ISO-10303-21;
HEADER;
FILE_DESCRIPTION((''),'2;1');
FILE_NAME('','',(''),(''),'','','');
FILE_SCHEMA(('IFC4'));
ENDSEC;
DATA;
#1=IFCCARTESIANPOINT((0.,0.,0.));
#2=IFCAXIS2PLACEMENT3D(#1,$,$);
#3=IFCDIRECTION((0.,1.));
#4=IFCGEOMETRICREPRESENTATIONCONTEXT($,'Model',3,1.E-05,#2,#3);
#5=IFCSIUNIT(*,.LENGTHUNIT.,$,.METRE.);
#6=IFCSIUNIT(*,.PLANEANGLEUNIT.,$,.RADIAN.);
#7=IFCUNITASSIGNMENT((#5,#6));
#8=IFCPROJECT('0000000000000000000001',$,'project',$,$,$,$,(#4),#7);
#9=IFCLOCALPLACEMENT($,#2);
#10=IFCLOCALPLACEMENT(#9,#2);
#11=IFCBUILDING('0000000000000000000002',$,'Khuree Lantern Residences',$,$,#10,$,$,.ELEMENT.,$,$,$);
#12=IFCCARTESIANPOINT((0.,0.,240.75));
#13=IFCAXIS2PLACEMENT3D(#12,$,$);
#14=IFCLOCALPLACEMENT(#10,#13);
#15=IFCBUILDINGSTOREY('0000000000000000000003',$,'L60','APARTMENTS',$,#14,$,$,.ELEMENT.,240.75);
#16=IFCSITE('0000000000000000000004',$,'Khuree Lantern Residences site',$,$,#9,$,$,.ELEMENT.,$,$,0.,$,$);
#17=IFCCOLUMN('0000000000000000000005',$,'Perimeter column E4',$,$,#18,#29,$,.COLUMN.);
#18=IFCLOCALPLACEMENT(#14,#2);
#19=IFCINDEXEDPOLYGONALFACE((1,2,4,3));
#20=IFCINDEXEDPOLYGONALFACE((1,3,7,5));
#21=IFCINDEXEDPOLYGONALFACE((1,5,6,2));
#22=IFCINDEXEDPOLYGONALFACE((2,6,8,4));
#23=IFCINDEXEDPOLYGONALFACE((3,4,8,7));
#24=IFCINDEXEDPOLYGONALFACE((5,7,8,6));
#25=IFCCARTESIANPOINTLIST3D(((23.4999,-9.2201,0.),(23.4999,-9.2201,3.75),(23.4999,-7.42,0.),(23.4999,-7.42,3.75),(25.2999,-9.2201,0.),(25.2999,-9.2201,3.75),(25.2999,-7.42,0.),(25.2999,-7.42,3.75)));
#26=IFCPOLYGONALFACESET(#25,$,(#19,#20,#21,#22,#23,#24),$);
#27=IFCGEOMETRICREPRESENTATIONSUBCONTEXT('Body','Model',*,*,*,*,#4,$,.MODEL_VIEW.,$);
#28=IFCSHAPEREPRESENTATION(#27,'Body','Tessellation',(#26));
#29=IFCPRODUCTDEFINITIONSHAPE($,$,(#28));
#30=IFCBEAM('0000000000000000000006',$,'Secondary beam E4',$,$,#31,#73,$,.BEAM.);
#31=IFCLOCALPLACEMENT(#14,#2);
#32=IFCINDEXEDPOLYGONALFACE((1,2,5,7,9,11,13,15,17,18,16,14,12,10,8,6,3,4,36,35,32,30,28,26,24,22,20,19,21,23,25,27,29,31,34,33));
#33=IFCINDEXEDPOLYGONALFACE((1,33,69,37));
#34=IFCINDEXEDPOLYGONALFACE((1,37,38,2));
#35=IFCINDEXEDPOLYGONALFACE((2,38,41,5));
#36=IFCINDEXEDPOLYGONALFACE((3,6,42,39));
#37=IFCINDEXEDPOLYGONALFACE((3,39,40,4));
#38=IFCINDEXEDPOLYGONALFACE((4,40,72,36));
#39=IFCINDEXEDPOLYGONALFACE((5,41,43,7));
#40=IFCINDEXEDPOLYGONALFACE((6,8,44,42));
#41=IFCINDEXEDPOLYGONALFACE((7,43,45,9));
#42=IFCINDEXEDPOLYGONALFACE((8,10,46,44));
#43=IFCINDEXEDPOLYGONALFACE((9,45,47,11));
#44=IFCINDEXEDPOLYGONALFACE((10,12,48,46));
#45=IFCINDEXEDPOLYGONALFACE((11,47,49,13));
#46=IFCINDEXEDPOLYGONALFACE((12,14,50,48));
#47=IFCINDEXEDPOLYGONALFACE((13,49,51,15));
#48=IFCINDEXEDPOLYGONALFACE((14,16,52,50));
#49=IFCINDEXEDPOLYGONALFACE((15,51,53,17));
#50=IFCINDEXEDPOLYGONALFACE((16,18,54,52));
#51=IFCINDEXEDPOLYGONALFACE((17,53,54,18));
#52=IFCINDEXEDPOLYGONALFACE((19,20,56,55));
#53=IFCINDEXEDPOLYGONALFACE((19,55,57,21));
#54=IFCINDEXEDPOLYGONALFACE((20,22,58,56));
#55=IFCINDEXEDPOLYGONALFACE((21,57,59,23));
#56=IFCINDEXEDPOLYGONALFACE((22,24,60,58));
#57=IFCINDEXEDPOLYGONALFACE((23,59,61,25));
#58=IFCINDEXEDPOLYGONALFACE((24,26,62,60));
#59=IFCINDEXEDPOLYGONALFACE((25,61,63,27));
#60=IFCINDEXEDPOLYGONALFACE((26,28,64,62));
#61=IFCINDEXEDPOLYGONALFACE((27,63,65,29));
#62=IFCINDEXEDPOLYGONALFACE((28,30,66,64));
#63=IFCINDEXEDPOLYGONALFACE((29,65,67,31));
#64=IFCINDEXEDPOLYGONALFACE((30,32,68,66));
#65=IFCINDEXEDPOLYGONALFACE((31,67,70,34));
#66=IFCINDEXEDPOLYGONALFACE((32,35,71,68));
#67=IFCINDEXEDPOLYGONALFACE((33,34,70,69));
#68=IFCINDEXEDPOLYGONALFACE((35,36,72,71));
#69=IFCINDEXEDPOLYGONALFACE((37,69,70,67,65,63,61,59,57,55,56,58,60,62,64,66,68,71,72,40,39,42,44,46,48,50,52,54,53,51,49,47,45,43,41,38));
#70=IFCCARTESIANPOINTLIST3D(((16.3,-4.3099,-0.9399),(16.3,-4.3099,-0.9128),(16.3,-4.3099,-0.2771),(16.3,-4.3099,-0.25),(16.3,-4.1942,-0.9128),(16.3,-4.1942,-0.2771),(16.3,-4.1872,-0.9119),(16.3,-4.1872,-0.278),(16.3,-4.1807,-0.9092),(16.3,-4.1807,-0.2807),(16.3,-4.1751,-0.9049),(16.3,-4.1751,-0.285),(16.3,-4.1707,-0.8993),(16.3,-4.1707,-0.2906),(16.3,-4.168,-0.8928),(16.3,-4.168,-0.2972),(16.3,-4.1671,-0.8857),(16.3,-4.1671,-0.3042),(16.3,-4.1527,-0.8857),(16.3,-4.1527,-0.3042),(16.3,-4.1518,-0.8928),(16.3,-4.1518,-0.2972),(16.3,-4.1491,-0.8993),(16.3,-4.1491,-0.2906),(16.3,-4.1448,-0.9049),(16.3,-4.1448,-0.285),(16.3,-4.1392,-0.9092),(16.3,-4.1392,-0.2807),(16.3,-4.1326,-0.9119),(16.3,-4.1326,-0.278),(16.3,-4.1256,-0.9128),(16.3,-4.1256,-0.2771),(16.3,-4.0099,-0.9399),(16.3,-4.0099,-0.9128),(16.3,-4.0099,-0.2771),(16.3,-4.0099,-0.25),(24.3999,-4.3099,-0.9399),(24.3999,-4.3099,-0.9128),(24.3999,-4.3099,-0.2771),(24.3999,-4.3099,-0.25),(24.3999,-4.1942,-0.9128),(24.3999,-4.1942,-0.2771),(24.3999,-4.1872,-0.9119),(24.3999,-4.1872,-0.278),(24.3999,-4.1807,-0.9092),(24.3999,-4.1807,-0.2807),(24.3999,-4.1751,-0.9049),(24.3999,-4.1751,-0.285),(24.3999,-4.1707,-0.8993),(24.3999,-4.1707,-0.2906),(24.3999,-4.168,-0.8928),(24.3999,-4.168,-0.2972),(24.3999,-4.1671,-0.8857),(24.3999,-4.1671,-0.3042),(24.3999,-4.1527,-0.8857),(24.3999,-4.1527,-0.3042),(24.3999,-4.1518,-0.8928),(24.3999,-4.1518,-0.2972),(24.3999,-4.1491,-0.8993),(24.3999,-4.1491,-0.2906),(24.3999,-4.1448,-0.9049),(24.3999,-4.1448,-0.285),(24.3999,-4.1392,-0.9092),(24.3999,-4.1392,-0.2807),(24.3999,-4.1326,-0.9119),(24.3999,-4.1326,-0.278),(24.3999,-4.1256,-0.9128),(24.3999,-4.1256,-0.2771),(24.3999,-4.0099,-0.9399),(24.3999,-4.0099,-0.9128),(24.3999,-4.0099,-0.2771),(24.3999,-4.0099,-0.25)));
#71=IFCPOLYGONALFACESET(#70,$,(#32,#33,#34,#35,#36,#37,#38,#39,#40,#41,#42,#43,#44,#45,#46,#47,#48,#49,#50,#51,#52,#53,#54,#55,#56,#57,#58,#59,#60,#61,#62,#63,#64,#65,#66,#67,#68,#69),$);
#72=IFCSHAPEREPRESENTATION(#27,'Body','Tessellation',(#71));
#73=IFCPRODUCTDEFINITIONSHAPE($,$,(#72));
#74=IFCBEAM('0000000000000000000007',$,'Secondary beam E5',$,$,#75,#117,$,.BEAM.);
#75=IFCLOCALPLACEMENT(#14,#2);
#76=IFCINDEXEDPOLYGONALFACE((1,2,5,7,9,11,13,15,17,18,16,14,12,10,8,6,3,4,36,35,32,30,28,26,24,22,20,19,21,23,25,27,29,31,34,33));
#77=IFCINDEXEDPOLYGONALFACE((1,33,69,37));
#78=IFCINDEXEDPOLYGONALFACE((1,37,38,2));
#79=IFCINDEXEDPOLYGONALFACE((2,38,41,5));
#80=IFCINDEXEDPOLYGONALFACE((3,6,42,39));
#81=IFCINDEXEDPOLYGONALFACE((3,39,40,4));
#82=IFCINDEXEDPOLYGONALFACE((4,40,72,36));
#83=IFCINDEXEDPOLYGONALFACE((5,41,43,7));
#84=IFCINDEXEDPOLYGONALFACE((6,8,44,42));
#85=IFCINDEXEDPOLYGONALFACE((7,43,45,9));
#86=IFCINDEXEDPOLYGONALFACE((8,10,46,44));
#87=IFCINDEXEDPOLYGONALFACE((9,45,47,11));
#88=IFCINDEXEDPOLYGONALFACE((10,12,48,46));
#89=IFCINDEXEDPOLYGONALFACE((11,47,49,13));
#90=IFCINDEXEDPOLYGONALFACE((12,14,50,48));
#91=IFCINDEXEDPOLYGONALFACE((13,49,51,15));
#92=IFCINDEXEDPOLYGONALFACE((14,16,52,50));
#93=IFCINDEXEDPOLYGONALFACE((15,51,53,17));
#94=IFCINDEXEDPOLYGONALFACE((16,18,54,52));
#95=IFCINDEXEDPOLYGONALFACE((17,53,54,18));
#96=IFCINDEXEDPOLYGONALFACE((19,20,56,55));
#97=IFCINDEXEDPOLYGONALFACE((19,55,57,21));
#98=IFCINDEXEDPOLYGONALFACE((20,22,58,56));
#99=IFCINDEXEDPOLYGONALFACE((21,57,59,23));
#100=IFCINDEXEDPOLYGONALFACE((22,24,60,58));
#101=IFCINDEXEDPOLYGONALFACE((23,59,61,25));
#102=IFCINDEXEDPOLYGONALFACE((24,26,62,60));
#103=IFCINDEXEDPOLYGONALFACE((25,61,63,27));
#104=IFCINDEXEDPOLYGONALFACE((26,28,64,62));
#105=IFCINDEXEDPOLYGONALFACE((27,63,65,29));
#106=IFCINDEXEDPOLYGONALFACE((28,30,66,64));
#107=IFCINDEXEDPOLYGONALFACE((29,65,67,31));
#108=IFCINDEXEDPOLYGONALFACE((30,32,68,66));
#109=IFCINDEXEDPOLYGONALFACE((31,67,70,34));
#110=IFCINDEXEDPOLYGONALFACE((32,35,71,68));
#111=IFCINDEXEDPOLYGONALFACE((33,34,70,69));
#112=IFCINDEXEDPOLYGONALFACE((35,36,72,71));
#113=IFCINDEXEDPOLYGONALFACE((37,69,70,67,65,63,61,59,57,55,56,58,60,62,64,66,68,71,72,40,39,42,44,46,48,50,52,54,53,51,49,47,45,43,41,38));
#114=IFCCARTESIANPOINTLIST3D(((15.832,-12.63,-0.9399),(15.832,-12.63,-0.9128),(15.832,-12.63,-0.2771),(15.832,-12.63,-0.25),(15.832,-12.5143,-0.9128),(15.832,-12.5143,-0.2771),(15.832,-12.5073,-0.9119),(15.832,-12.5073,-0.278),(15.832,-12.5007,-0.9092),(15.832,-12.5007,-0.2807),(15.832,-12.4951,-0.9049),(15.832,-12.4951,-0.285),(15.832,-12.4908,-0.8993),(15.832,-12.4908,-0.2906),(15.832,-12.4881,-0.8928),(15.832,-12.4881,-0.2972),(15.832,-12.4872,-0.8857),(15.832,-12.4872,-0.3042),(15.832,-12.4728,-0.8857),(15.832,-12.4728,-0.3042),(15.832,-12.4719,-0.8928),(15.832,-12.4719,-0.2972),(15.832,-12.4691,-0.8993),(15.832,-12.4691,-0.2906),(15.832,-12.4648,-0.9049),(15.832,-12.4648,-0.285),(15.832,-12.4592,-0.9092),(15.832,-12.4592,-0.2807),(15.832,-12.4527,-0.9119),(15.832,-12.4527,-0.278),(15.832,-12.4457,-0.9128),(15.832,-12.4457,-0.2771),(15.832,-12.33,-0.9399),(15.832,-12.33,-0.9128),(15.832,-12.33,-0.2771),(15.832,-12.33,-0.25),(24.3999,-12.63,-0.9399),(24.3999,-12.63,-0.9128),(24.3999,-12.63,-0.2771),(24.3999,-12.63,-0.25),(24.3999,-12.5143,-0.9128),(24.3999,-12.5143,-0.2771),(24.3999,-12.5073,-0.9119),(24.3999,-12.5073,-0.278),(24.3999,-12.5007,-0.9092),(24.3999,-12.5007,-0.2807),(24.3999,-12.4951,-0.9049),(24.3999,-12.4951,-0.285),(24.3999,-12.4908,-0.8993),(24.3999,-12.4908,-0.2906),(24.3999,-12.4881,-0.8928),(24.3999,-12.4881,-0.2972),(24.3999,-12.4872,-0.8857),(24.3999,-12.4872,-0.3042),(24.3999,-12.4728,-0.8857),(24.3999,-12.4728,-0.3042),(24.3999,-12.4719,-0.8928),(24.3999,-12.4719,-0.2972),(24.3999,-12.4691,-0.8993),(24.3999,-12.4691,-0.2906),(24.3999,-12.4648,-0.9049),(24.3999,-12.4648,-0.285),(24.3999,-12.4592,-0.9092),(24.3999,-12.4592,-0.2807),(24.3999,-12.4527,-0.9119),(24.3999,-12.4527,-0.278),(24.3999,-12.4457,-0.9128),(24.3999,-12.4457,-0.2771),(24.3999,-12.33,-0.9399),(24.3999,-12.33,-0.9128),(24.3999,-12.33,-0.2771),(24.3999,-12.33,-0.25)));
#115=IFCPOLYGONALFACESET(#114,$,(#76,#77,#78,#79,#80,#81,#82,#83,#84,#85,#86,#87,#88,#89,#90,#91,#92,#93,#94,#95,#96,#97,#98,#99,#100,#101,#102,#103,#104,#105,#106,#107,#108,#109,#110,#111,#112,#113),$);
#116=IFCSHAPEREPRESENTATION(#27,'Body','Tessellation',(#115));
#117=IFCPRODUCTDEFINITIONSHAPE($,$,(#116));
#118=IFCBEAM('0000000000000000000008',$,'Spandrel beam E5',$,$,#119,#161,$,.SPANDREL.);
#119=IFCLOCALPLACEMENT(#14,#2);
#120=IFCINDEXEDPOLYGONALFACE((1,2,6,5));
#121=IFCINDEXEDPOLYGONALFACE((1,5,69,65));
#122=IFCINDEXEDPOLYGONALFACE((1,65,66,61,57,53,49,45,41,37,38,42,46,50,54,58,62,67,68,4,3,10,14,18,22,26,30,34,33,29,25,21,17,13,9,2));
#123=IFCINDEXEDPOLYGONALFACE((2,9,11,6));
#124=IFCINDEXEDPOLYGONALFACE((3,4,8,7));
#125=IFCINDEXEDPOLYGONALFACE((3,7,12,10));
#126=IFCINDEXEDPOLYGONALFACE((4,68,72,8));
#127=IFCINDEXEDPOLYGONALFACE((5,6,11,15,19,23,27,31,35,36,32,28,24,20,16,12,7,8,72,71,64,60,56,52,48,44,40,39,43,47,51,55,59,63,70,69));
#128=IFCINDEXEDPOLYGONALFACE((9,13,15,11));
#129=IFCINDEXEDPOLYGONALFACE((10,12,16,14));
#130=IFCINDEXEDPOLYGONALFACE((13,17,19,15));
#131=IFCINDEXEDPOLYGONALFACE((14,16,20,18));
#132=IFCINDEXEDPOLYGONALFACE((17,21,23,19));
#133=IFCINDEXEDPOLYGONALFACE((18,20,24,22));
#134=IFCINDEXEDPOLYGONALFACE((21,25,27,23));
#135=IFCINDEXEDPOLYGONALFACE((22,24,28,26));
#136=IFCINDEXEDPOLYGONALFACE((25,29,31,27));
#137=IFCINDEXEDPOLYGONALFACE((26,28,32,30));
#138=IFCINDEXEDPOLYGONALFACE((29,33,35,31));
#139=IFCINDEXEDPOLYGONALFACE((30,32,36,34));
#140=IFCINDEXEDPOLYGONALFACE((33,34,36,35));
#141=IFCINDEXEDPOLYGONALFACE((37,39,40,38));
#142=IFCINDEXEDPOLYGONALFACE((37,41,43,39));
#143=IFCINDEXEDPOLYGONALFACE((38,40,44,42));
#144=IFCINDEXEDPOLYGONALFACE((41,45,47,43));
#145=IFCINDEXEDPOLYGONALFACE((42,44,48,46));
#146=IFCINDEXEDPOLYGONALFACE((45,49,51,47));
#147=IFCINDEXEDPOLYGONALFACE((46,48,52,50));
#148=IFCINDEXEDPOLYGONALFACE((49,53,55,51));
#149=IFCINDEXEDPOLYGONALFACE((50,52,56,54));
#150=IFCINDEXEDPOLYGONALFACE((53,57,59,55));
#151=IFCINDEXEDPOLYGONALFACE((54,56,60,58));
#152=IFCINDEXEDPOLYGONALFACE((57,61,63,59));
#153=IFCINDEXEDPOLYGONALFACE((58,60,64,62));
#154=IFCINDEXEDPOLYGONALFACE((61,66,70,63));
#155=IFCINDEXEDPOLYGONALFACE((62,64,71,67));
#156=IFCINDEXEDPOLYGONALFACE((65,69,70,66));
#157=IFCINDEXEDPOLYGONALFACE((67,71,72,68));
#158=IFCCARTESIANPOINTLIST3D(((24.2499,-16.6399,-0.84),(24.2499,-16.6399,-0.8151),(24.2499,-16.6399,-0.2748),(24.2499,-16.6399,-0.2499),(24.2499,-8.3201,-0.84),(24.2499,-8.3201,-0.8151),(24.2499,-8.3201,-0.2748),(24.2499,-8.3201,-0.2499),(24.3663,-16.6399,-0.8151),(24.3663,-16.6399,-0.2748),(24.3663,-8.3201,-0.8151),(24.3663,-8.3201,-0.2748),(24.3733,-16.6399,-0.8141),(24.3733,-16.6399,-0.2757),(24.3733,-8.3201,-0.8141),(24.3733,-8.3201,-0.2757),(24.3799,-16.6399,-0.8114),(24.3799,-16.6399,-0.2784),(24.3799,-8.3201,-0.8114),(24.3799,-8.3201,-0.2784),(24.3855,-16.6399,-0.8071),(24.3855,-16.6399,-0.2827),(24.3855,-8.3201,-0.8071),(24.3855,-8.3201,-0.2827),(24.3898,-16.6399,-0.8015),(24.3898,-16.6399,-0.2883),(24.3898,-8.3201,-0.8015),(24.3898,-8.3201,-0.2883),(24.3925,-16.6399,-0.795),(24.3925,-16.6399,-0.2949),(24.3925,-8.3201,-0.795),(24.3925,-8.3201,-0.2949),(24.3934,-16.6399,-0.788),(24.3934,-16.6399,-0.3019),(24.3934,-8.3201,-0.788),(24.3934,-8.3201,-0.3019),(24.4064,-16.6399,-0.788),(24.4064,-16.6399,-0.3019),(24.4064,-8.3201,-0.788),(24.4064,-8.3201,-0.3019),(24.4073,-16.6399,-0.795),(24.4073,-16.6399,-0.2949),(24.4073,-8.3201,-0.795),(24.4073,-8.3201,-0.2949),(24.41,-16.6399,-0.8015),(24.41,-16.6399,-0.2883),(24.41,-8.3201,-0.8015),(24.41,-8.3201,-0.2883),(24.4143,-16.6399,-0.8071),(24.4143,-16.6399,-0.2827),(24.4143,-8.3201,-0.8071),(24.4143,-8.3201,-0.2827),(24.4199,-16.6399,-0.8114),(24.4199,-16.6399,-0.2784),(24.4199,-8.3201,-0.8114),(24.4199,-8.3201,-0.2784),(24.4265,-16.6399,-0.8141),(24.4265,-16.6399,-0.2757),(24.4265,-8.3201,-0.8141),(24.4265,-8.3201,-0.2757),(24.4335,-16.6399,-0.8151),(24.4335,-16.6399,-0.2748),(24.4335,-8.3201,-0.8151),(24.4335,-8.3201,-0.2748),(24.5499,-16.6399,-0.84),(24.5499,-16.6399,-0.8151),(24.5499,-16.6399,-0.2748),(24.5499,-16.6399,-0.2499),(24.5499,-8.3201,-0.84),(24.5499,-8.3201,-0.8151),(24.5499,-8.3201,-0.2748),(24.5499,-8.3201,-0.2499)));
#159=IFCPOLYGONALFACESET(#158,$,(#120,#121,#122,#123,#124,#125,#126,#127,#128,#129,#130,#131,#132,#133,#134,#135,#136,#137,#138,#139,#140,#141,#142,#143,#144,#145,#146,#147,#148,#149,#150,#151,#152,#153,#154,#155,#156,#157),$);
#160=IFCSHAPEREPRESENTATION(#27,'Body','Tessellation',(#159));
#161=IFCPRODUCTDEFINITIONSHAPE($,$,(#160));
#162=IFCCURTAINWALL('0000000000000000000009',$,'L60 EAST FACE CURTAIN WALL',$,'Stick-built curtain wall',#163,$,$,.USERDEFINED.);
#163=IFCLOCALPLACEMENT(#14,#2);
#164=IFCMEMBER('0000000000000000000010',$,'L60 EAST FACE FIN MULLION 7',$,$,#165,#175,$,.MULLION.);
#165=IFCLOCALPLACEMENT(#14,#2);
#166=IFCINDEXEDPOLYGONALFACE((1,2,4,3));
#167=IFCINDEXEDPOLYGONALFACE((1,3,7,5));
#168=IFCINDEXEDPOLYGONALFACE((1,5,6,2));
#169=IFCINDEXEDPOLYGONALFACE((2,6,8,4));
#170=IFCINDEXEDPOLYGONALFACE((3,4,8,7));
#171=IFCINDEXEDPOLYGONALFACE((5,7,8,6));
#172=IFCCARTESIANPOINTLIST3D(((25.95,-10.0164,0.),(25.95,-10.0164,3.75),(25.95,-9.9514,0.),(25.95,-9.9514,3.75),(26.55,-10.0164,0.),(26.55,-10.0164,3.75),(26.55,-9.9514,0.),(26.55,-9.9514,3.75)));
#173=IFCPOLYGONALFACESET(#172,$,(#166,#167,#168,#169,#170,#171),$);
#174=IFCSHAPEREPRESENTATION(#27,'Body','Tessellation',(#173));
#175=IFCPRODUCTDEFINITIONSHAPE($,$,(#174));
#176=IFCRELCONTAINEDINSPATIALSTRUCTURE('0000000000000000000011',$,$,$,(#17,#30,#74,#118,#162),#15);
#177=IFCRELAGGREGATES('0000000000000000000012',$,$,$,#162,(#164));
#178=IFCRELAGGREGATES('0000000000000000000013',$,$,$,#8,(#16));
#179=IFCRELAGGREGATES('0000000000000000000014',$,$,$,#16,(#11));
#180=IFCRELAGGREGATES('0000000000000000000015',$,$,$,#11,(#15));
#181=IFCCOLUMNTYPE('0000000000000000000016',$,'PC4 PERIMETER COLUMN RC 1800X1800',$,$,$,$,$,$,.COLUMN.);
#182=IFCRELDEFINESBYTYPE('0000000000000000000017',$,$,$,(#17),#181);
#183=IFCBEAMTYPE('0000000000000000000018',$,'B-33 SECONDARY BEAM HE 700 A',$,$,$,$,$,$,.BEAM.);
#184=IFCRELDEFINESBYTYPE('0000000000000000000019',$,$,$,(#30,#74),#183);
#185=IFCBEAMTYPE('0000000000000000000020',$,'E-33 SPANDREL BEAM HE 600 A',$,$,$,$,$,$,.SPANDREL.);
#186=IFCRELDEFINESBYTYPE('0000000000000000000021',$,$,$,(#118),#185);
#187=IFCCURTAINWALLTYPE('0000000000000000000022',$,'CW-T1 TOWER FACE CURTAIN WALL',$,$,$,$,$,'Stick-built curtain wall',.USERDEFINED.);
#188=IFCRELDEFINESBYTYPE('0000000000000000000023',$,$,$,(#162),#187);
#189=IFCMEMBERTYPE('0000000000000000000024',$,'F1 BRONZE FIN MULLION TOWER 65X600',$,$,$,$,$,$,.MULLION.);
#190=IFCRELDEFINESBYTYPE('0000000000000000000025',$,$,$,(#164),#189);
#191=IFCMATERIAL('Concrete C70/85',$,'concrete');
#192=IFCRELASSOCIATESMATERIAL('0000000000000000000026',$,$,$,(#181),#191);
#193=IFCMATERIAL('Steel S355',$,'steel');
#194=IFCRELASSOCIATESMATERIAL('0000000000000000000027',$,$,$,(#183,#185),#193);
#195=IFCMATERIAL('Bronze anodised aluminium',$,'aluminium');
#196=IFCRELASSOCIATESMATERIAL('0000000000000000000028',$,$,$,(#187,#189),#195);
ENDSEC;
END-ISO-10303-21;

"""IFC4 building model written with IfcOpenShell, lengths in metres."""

from ifc_helpers import new_model, si_unit, direction, frame, origin, origin_2d, place, context, subcontext, project, spatial, rectangle, i_section, extrude, material, material_profile, profile_set, type_object, element, aggregate, save


model = new_model("IFC4")

# Units and contexts
model_context = context("Model", 3, precision=1e-05, world=origin(), true_north=direction((0.0, 1.0)))
body_context = subcontext(model_context, "Body", "Model", "MODEL_VIEW")
ifc_project = project(units=[si_unit("LENGTHUNIT", "METRE"), si_unit("PLANEANGLEUNIT", "RADIAN")], contexts=[model_context])

# Site, building, storey
site_placement = place(None, origin())
site = spatial("IfcSite", under=ifc_project, at=site_placement, Name="Khuree Lantern Residences site", CompositionType="ELEMENT", RefElevation=0.0)
building_placement = place(site_placement, origin())
building = spatial("IfcBuilding", under=site, at=building_placement, Name="Khuree Lantern Residences", CompositionType="ELEMENT")
storey_placement = place(building_placement, frame((0.0, 0.0, 240.75)))
storey = spatial("IfcBuildingStorey", under=building, at=storey_placement, Name="L60", Description="APARTMENTS", CompositionType="ELEMENT", Elevation=240.75)

# Column
ifc_material_1 = material(Name="Concrete C70/85", Category="concrete")
ifc_material_profile_1 = material_profile(ifc_material_1, rectangle(XDim=1.8, YDim=1.8, at=origin_2d()), Name="RC 1800X1800")
ifc_profile_set_1 = profile_set([ifc_material_profile_1], Name="Concrete C70/85")
column_type = type_object("IfcColumnType", Name="PC4 PERIMETER COLUMN RC 1800X1800", PredefinedType="COLUMN", material=ifc_profile_set_1)
column_placement = place(storey_placement, frame((24.3999, -8.3201, 0.0), z_axis=(0.0, 0.0, 1.0), x_axis=(0.0, 1.0, 0.0)))
element("IfcColumn", 1, at=column_placement, inside=storey, type_object=column_type, Name="Perimeter column E4", PredefinedType="COLUMN", context=body_context, shape_type="SweptSolid", body=[
    extrude(rectangle(XDim=1.8, YDim=1.8, at=origin_2d()), origin(), (0.0, 0.0, 1.0), 3.75),
])

# Beams
ifc_material_2 = material(Name="Steel S355", Category="steel")
ifc_material_profile_2 = material_profile(ifc_material_2, i_section(OverallWidth=0.3, OverallDepth=0.6899, WebThickness=0.0144, FlangeThickness=0.0271, FilletRadius=0.0271, at=origin_2d()), Name="HE 700 A")
ifc_profile_set_2 = profile_set([ifc_material_profile_2], Name="Steel S355")
beam_type_1 = type_object("IfcBeamType", Name="B-33 SECONDARY BEAM HE 700 A", PredefinedType="BEAM", material=ifc_profile_set_2)
beam_1_placement = place(storey_placement, frame((24.3999, -4.1599, -0.595), z_axis=(-1.0, 0.0, 0.0), x_axis=(0.0, -1.0, 0.0)))
element("IfcBeam", 2, at=beam_1_placement, inside=storey, type_object=beam_type_1, Name="Secondary beam E4", PredefinedType="BEAM", context=body_context, shape_type="SweptSolid", body=[
    extrude(i_section(OverallWidth=0.3, OverallDepth=0.6899, WebThickness=0.0144, FlangeThickness=0.0271, FilletRadius=0.0271, at=origin_2d()), origin(), (0.0, 0.0, 1.0), 8.0999),
])
beam_2_placement = place(storey_placement, frame((24.3999, -12.48, -0.595), z_axis=(-1.0, 0.0, 0.0), x_axis=(0.0, -1.0, 0.0)))
element("IfcBeam", 3, at=beam_2_placement, inside=storey, type_object=beam_type_1, Name="Secondary beam E5", PredefinedType="BEAM", context=body_context, shape_type="SweptSolid", body=[
    extrude(i_section(OverallWidth=0.3, OverallDepth=0.6899, WebThickness=0.0144, FlangeThickness=0.0271, FilletRadius=0.0271, at=origin_2d()), origin(), (0.0, 0.0, 1.0), 8.5679),
])
ifc_material_profile_3 = material_profile(ifc_material_2, i_section(OverallWidth=0.3, OverallDepth=0.5901, WebThickness=0.0129, FlangeThickness=0.0249, FilletRadius=0.0271, at=origin_2d()), Name="HE 600 A")
ifc_profile_set_3 = profile_set([ifc_material_profile_3], Name="Steel S355")
beam_type_2 = type_object("IfcBeamType", Name="E-33 SPANDREL BEAM HE 600 A", PredefinedType="SPANDREL", material=ifc_profile_set_3)
beam_3_placement = place(storey_placement, frame((24.3999, -8.3201, -0.5449), z_axis=(0.0, -1.0, 0.0), x_axis=(1.0, 0.0, 0.0)))
element("IfcBeam", 4, at=beam_3_placement, inside=storey, type_object=beam_type_2, Name="Spandrel beam E5", PredefinedType="SPANDREL", context=body_context, shape_type="SweptSolid", body=[
    extrude(i_section(OverallWidth=0.3, OverallDepth=0.5901, WebThickness=0.0129, FlangeThickness=0.0249, FilletRadius=0.0271, at=origin_2d()), origin(), (0.0, 0.0, 1.0), 8.3198),
])

# Curtain wall, member
ifc_material_3 = material(Name="Bronze anodised aluminium", Category="aluminium")
curtain_wall_type = type_object("IfcCurtainWallType", Name="CW-T1 TOWER FACE CURTAIN WALL", ElementType="Stick-built curtain wall", PredefinedType="USERDEFINED", material=ifc_material_3)
curtain_wall_placement = place(storey_placement, origin())
curtain_wall = element("IfcCurtainWall", 5, at=curtain_wall_placement, inside=storey, type_object=curtain_wall_type, Name="L60 EAST FACE CURTAIN WALL", ObjectType="Stick-built curtain wall", PredefinedType="USERDEFINED")
ifc_material_profile_4 = material_profile(ifc_material_3, rectangle(XDim=0.0649, YDim=0.6001, at=origin_2d()), Name="F1 65X600")
ifc_profile_set_4 = profile_set([ifc_material_profile_4], Name="Bronze anodised aluminium")
member_type_1 = type_object("IfcMemberType", Name="F1 BRONZE FIN MULLION TOWER 65X600", PredefinedType="MULLION", material=ifc_profile_set_4)
member_1_placement = place(storey_placement, frame((26.25, -9.9839, 0.0), z_axis=(0.0, 0.0, 1.0), x_axis=(0.0, 1.0, 0.0)))
member_1 = element("IfcMember", 6, at=member_1_placement, type_object=member_type_1, Name="L60 EAST FACE FIN MULLION 7", PredefinedType="MULLION", context=body_context, shape_type="SweptSolid", body=[
    extrude(rectangle(XDim=0.0649, YDim=0.6001, at=origin_2d()), origin(), (0.0, 0.0, 1.0), 3.75),
])

aggregate(curtain_wall, [member_1])

save(model, "model.ifc")
